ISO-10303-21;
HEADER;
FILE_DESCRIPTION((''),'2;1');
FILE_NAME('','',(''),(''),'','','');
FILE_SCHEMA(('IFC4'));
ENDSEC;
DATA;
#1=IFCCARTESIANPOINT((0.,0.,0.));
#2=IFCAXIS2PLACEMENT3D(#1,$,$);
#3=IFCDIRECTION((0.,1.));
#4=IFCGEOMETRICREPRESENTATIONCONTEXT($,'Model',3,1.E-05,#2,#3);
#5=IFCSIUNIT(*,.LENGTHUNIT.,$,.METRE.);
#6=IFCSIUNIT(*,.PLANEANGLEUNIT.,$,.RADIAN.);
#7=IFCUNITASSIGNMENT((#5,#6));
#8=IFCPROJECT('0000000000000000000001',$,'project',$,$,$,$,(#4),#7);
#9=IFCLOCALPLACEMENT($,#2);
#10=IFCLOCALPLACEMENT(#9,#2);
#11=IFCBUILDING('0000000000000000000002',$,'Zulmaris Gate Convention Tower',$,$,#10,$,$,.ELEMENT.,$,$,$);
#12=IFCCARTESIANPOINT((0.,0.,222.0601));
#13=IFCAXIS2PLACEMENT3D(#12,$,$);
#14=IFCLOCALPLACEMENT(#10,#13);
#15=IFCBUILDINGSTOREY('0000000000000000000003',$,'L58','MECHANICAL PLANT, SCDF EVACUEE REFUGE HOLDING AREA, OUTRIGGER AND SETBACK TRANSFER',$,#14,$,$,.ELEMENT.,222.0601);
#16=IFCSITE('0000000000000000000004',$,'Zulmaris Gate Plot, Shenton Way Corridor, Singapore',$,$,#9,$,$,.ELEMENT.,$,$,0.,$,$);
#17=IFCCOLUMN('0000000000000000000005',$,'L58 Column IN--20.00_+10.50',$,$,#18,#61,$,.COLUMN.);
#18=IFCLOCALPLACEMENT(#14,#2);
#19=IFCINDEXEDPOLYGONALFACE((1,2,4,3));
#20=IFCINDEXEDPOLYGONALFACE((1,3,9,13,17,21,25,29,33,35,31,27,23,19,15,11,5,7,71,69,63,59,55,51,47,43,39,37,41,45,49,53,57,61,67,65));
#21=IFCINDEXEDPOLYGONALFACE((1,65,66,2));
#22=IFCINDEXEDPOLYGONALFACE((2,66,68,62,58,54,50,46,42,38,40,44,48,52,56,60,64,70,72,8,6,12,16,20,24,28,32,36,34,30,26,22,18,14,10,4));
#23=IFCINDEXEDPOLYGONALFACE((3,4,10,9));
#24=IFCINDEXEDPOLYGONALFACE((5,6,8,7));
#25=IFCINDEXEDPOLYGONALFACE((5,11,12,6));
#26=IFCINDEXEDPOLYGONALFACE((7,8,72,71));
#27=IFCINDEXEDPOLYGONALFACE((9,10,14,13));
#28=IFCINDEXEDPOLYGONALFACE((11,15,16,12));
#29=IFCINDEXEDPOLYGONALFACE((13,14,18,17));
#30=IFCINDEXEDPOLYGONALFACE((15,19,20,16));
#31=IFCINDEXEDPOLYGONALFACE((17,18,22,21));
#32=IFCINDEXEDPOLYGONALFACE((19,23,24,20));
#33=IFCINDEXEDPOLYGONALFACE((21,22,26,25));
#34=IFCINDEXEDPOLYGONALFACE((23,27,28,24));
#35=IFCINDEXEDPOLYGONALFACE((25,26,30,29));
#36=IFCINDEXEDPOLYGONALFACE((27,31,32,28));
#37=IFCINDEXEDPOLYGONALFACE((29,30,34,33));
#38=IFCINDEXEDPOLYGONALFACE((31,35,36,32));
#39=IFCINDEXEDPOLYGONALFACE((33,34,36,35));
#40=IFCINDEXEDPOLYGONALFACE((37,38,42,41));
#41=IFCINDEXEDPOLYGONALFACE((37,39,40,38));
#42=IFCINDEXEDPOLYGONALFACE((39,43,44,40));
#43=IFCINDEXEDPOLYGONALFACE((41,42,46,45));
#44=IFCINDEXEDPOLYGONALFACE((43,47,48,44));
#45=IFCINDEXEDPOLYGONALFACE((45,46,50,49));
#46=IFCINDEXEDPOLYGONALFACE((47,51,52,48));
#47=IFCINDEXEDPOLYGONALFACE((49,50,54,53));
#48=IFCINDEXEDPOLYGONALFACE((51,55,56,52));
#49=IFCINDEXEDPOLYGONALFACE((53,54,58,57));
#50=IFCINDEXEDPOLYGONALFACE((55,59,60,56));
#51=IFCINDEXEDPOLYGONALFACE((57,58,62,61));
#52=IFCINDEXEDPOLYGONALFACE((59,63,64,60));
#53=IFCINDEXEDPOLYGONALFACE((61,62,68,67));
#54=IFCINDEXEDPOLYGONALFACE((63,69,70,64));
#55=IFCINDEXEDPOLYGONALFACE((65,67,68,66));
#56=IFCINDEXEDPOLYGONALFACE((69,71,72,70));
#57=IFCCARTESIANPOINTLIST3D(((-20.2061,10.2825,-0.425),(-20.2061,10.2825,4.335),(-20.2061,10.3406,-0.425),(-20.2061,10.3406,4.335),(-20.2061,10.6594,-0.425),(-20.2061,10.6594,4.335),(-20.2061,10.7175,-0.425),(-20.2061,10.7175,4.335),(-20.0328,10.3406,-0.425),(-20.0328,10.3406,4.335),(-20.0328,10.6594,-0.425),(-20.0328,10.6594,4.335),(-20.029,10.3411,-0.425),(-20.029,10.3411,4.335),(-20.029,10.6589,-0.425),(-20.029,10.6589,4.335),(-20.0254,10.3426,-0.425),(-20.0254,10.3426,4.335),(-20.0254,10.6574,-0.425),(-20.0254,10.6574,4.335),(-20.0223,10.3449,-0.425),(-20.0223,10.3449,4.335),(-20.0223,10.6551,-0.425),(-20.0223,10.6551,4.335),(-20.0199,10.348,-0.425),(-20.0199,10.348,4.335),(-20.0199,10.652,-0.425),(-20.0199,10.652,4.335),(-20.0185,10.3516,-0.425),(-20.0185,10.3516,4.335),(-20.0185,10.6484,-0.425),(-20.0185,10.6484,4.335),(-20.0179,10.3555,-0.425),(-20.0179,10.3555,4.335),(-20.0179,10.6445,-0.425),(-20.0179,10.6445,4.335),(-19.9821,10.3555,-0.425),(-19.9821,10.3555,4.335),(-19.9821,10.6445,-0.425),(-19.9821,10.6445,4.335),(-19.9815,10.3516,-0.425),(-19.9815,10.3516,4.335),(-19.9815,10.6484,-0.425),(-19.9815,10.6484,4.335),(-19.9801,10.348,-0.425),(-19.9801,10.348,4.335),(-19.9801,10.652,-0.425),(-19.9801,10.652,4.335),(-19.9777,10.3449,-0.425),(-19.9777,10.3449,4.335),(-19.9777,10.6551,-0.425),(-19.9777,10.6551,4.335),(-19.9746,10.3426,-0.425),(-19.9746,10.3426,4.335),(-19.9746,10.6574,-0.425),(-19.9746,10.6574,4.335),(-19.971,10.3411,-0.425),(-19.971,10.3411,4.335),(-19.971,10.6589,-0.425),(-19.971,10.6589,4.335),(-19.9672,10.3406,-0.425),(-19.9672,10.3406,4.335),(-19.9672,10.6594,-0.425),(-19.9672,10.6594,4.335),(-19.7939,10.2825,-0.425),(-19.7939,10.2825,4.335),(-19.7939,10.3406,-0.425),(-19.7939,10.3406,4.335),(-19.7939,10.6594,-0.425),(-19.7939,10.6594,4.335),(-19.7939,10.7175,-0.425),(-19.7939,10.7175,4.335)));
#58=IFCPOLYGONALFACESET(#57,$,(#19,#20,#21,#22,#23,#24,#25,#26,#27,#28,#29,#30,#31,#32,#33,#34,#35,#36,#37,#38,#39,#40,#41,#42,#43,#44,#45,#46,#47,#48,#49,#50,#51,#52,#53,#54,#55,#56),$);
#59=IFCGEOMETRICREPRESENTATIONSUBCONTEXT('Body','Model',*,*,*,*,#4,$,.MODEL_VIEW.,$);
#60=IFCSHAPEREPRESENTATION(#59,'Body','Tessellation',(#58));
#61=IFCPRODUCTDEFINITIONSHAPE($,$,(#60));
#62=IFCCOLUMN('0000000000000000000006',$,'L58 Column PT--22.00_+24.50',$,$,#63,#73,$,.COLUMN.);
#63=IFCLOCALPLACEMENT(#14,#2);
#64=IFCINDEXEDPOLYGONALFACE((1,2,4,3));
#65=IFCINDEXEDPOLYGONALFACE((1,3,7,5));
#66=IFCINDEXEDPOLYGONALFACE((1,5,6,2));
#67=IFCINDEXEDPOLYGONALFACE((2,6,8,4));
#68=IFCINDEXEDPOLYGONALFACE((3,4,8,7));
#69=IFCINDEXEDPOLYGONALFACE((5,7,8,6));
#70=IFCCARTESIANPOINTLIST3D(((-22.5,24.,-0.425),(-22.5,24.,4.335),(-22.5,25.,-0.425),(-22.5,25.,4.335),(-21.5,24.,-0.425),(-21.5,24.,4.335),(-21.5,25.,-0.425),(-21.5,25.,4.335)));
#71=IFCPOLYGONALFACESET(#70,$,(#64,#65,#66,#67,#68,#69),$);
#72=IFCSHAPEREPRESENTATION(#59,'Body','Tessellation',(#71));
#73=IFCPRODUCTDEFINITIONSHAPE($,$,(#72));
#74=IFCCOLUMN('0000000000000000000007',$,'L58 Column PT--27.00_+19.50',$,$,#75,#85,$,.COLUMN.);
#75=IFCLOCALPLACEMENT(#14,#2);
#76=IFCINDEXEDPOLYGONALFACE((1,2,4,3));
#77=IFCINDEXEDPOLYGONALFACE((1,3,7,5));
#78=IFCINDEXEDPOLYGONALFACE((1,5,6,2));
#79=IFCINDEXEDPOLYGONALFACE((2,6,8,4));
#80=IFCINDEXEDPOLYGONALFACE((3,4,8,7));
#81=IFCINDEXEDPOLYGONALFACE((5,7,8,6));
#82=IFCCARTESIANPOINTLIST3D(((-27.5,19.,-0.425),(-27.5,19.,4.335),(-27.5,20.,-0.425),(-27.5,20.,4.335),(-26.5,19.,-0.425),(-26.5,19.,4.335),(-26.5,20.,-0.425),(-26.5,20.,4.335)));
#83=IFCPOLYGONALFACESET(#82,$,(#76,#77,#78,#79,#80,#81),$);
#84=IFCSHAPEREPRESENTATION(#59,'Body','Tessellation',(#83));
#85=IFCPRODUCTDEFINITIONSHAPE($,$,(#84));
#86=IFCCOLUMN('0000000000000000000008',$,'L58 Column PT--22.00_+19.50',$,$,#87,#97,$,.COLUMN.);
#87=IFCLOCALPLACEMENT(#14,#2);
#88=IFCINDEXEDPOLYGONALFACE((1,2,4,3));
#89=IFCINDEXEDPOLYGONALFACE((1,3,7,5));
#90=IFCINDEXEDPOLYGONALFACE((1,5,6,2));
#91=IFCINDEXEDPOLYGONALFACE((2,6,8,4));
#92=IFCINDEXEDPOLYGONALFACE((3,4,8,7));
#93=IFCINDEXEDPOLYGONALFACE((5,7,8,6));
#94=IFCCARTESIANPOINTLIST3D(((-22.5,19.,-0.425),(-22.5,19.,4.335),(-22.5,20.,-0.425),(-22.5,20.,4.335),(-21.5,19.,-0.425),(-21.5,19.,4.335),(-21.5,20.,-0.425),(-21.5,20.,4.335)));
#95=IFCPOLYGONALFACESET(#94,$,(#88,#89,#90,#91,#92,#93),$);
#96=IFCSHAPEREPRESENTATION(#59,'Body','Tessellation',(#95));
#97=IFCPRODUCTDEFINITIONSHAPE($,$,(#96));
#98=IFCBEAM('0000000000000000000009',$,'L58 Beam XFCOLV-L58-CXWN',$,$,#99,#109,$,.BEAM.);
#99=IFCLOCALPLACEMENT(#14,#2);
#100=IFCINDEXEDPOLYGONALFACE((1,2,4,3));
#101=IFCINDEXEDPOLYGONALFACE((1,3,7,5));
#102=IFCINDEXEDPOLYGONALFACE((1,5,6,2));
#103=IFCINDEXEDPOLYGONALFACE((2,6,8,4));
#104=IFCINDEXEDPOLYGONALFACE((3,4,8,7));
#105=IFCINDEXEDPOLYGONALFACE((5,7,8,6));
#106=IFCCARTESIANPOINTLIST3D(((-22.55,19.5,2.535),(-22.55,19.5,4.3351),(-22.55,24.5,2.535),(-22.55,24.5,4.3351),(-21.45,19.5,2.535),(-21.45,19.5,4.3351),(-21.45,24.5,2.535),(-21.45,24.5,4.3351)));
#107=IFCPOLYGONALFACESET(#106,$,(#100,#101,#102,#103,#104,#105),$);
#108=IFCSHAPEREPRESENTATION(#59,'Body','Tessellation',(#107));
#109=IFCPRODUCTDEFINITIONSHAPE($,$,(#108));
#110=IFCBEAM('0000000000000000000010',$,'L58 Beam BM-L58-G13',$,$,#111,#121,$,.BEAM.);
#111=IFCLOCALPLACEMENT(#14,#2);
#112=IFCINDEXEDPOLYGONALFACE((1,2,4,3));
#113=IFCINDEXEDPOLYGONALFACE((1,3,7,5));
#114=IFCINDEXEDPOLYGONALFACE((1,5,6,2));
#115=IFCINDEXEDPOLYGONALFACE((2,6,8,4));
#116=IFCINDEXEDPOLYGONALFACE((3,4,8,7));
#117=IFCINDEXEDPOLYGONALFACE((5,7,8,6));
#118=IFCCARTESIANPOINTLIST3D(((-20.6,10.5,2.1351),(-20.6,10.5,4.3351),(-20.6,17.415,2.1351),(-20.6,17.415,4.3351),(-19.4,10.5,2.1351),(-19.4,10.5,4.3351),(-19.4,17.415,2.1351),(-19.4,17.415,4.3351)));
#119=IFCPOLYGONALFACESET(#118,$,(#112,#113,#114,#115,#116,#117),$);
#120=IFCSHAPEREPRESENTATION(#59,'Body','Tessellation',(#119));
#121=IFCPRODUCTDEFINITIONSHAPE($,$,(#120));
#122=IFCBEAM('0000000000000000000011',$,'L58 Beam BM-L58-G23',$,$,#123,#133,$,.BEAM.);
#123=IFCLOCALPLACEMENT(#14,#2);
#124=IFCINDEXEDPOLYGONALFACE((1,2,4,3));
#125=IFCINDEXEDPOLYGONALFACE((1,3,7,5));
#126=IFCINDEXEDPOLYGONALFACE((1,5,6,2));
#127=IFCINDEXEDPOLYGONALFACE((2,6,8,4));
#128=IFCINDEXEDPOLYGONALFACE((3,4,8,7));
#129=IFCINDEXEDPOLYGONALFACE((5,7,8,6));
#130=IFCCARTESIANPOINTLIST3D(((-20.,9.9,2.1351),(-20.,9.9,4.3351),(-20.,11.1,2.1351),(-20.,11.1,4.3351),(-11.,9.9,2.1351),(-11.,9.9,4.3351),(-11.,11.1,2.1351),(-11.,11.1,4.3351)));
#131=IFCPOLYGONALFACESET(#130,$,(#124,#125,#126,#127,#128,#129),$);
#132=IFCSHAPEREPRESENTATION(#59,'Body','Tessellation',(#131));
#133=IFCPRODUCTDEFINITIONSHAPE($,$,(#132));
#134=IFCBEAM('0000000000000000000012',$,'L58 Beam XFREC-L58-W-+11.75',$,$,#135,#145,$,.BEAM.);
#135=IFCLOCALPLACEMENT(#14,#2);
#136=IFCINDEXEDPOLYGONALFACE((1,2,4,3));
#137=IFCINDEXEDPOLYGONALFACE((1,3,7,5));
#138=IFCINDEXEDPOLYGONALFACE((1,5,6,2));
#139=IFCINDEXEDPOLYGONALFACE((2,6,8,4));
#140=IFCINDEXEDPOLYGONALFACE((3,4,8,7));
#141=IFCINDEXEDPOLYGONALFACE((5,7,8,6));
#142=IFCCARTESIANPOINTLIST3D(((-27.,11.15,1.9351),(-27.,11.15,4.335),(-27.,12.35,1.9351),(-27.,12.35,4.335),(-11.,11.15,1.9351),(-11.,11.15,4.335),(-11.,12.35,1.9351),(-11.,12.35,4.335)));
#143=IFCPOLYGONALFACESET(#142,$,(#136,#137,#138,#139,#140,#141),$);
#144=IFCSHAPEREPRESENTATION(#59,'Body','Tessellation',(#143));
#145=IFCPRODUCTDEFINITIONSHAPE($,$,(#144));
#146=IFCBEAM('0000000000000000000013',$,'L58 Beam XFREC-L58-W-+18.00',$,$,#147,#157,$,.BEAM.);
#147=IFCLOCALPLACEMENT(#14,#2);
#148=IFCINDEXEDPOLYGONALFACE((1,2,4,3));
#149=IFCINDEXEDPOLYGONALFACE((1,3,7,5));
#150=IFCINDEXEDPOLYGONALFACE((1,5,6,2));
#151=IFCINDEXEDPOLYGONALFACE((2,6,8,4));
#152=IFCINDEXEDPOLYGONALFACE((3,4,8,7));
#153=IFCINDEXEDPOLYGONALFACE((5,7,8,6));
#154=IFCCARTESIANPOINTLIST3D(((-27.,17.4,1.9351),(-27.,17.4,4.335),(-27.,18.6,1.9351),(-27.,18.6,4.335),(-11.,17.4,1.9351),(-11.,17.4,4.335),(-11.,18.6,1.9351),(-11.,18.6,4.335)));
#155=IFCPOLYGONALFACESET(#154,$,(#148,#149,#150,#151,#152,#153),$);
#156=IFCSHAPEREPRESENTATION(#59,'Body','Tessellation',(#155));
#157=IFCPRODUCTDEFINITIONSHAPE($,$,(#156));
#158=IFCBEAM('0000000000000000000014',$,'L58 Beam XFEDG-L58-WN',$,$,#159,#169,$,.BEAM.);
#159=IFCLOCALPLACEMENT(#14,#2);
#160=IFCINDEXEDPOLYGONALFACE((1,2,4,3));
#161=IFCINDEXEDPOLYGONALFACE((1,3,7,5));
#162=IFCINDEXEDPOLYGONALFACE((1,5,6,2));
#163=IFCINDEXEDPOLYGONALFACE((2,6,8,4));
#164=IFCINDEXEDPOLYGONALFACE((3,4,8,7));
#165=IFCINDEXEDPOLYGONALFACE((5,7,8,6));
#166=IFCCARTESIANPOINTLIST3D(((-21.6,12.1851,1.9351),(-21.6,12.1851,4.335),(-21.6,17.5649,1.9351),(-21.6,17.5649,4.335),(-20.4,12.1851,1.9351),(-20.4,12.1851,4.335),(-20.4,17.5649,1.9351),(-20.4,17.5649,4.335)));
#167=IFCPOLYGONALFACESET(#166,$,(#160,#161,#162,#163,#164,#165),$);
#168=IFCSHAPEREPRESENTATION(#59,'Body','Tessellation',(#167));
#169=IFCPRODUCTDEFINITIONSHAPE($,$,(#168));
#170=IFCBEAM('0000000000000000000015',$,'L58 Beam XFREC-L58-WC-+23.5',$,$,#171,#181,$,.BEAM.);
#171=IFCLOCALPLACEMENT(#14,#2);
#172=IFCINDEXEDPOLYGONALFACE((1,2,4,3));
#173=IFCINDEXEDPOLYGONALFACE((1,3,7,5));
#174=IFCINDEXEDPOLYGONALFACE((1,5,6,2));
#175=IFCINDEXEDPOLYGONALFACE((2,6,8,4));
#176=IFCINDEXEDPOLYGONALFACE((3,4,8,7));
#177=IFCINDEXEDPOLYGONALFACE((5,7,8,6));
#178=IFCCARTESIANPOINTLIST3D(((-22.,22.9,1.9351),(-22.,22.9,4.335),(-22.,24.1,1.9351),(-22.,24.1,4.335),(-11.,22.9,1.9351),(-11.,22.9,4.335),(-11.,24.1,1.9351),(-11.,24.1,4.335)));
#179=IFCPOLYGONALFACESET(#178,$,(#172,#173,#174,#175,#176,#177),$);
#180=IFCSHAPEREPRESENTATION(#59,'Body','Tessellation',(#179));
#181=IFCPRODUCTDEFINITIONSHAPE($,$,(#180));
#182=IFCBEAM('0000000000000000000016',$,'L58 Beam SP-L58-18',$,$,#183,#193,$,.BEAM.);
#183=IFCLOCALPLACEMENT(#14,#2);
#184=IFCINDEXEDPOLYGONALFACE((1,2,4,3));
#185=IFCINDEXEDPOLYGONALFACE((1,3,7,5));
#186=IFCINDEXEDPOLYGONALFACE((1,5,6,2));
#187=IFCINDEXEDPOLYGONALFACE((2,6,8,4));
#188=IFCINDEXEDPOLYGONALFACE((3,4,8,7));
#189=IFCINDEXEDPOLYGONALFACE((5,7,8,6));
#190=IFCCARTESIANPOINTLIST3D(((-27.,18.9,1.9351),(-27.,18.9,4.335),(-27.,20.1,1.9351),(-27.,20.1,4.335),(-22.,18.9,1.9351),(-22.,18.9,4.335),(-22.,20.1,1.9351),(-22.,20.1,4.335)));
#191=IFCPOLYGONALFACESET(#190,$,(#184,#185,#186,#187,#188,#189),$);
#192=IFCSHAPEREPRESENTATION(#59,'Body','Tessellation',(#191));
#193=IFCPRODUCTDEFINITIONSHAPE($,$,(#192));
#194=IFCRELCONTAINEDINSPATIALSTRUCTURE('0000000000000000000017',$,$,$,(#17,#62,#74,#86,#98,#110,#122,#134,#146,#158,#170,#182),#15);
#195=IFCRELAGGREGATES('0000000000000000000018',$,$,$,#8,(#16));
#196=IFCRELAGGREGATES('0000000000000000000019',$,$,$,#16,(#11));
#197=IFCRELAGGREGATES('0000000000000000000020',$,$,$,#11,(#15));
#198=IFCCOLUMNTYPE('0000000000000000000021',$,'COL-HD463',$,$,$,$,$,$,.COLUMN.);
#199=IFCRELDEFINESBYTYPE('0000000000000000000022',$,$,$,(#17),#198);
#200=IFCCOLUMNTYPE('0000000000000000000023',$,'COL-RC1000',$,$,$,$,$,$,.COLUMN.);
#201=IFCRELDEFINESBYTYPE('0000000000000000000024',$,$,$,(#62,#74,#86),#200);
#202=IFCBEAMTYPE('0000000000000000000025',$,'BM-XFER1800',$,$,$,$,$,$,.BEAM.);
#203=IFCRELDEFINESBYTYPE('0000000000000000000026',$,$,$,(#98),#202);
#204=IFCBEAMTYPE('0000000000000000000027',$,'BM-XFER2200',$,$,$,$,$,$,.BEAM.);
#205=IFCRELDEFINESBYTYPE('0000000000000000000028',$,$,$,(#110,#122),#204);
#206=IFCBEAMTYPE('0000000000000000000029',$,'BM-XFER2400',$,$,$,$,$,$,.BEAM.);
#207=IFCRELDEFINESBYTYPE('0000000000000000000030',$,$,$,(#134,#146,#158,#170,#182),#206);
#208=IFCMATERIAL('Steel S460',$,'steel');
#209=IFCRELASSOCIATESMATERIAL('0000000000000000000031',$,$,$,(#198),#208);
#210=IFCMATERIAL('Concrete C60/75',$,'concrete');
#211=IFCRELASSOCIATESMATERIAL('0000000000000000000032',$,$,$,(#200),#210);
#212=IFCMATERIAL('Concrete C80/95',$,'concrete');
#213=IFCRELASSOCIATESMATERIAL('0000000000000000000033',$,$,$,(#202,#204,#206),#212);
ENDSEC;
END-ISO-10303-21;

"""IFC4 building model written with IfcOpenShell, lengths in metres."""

from ifc_helpers import new_model, si_unit, direction, frame, origin, origin_2d, place, context, subcontext, project, spatial, rectangle, i_section, extrude, material, material_profile, profile_set, type_object, element, save


model = new_model("IFC4")

# Units and contexts
model_context = context("Model", 3, precision=1e-05, world=origin(), true_north=direction((0.0, 1.0)))
body_context = subcontext(model_context, "Body", "Model", "MODEL_VIEW")
ifc_project = project(units=[si_unit("LENGTHUNIT", "METRE"), si_unit("PLANEANGLEUNIT", "RADIAN")], contexts=[model_context])

# Site, building, storey
site_placement = place(None, origin())
site = spatial("IfcSite", under=ifc_project, at=site_placement, Name="Zulmaris Gate Plot, Shenton Way Corridor, Singapore", CompositionType="ELEMENT", RefElevation=0.0)
building_placement = place(site_placement, origin())
building = spatial("IfcBuilding", under=site, at=building_placement, Name="Zulmaris Gate Convention Tower", CompositionType="ELEMENT")
storey_placement = place(building_placement, frame((0.0, 0.0, 222.0601)))
storey = spatial("IfcBuildingStorey", under=building, at=storey_placement, Name="L58", Description="MECHANICAL PLANT, SCDF EVACUEE REFUGE HOLDING AREA, OUTRIGGER AND SETBACK TRANSFER", CompositionType="ELEMENT", Elevation=222.0601)

# Columns
ifc_material_1 = material(Name="Steel S460", Category="steel")
ifc_material_profile_1 = material_profile(ifc_material_1, i_section(OverallWidth=0.4121, OverallDepth=0.4351, WebThickness=0.0359, FlangeThickness=0.0581, FilletRadius=0.0149, at=origin_2d()), Name="HD 400x463")
ifc_profile_set_1 = profile_set([ifc_material_profile_1], Name="Steel S460")
column_type_1 = type_object("IfcColumnType", Name="COL-HD463", PredefinedType="COLUMN", material=ifc_profile_set_1)
column_placement = place(storey_placement, frame((-20.0, 10.5, -0.425), z_axis=(0.0, 0.0, 1.0), x_axis=(1.0, 0.0, 0.0)))
element("IfcColumn", 1, at=column_placement, inside=storey, type_object=column_type_1, Name="L58 Column IN--20.00_+10.50", PredefinedType="COLUMN", context=body_context, shape_type="SweptSolid", body=[
    extrude(i_section(OverallWidth=0.4121, OverallDepth=0.4351, WebThickness=0.0359, FlangeThickness=0.0581, FilletRadius=0.0149, at=origin_2d()), origin(), (0.0, 0.0, 1.0), 4.76),
])
ifc_material_2 = material(Name="Concrete C60/75", Category="concrete")
ifc_material_profile_2 = material_profile(ifc_material_2, rectangle(XDim=1.0, YDim=1.0, at=origin_2d()), Name="RC COL 1000x1000")
ifc_profile_set_2 = profile_set([ifc_material_profile_2], Name="Concrete C60/75")
column_type_2 = type_object("IfcColumnType", Name="COL-RC1000", PredefinedType="COLUMN", material=ifc_profile_set_2)
for number, where, z_axis, x_axis, name in (
    (2, (-22.0, 24.5, -0.425), (0.0, 0.0, 1.0), (1.0, 0.0, 0.0), "L58 Column PT--22.00_+24.50"),
    (3, (-27.0, 19.5, -0.425), (0.0, 0.0, 1.0), (1.0, 0.0, 0.0), "L58 Column PT--27.00_+19.50"),
    (4, (-22.0, 19.5, -0.425), (0.0, 0.0, 1.0), (1.0, 0.0, 0.0), "L58 Column PT--22.00_+19.50"),
):
    element("IfcColumn", number, at=place(storey_placement, frame(where, z_axis=z_axis, x_axis=x_axis)), inside=storey, type_object=column_type_2, Name=name, PredefinedType="COLUMN", context=body_context, shape_type="SweptSolid", body=[
        extrude(rectangle(XDim=1.0, YDim=1.0, at=origin_2d()), origin(), (0.0, 0.0, 1.0), 4.76),
    ])

# Beams
ifc_material_3 = material(Name="Concrete C80/95", Category="concrete")
ifc_material_profile_3 = material_profile(ifc_material_3, rectangle(XDim=1.1001, YDim=1.8, at=origin_2d()), Name="RC TRANSFER 1100x1800")
ifc_profile_set_3 = profile_set([ifc_material_profile_3], Name="Concrete C80/95")
beam_type_1 = type_object("IfcBeamType", Name="BM-XFER1800", PredefinedType="BEAM", material=ifc_profile_set_3)
beam_1_placement = place(storey_placement, frame((-22.0, 19.5, 3.4351), z_axis=(0.0, 1.0, 0.0), x_axis=(-1.0, 0.0, 0.0)))
element("IfcBeam", 5, at=beam_1_placement, inside=storey, type_object=beam_type_1, Name="L58 Beam XFCOLV-L58-CXWN", PredefinedType="BEAM", context=body_context, shape_type="SweptSolid", body=[
    extrude(rectangle(XDim=1.1001, YDim=1.8, at=origin_2d()), origin(), (0.0, 0.0, 1.0), 5.0),
])
ifc_material_profile_4 = material_profile(ifc_material_3, rectangle(XDim=1.2, YDim=2.2, at=origin_2d()), Name="RC TRANSFER 1200x2200")
ifc_profile_set_4 = profile_set([ifc_material_profile_4], Name="Concrete C80/95")
beam_type_2 = type_object("IfcBeamType", Name="BM-XFER2200", PredefinedType="BEAM", material=ifc_profile_set_4)
beam_2_placement = place(storey_placement, frame((-20.0, 10.5, 3.2351), z_axis=(0.0, 1.0, 0.0), x_axis=(-1.0, 0.0, 0.0)))
element("IfcBeam", 6, at=beam_2_placement, inside=storey, type_object=beam_type_2, Name="L58 Beam BM-L58-G13", PredefinedType="BEAM", context=body_context, shape_type="SweptSolid", body=[
    extrude(rectangle(XDim=1.2, YDim=2.2, at=origin_2d()), origin(), (0.0, 0.0, 1.0), 6.915),
])
beam_3_placement = place(storey_placement, frame((-20.0, 10.5, 3.2351), z_axis=(1.0, 0.0, 0.0), x_axis=(0.0, 1.0, 0.0)))
element("IfcBeam", 7, at=beam_3_placement, inside=storey, type_object=beam_type_2, Name="L58 Beam BM-L58-G23", PredefinedType="BEAM", context=body_context, shape_type="SweptSolid", body=[
    extrude(rectangle(XDim=1.2, YDim=2.2, at=origin_2d()), origin(), (0.0, 0.0, 1.0), 9.0),
])
ifc_material_profile_5 = material_profile(ifc_material_3, rectangle(XDim=1.2, YDim=2.3999, at=origin_2d()), Name="RC TRANSFER 1200x2400")
ifc_profile_set_5 = profile_set([ifc_material_profile_5], Name="Concrete C80/95")
beam_type_3 = type_object("IfcBeamType", Name="BM-XFER2400", PredefinedType="BEAM", material=ifc_profile_set_5)
for number, where, z_axis, x_axis, name in (
    (8, (-27.0, 11.75, 3.135), (1.0, 0.0, 0.0), (0.0, 1.0, 0.0), "L58 Beam XFREC-L58-W-+11.75"),
    (9, (-27.0, 18.0, 3.135), (1.0, 0.0, 0.0), (0.0, 1.0, 0.0), "L58 Beam XFREC-L58-W-+18.00"),
):
    element("IfcBeam", number, at=place(storey_placement, frame(where, z_axis=z_axis, x_axis=x_axis)), inside=storey, type_object=beam_type_3, Name=name, PredefinedType="BEAM", context=body_context, shape_type="SweptSolid", body=[
        extrude(rectangle(XDim=1.2, YDim=2.3999, at=origin_2d()), origin(), (0.0, 0.0, 1.0), 16.0),
    ])
beam_4_placement = place(storey_placement, frame((-21.0, 12.1851, 3.135), z_axis=(0.0, 1.0, 0.0), x_axis=(-1.0, 0.0, 0.0)))
element("IfcBeam", 10, at=beam_4_placement, inside=storey, type_object=beam_type_3, Name="L58 Beam XFEDG-L58-WN", PredefinedType="BEAM", context=body_context, shape_type="SweptSolid", body=[
    extrude(rectangle(XDim=1.2, YDim=2.3999, at=origin_2d()), origin(), (0.0, 0.0, 1.0), 5.3799),
])
beam_5_placement = place(storey_placement, frame((-22.0, 23.5, 3.135), z_axis=(1.0, 0.0, 0.0), x_axis=(0.0, 1.0, 0.0)))
element("IfcBeam", 11, at=beam_5_placement, inside=storey, type_object=beam_type_3, Name="L58 Beam XFREC-L58-WC-+23.5", PredefinedType="BEAM", context=body_context, shape_type="SweptSolid", body=[
    extrude(rectangle(XDim=1.2, YDim=2.3999, at=origin_2d()), origin(), (0.0, 0.0, 1.0), 11.0),
])
beam_6_placement = place(storey_placement, frame((-22.0, 19.5, 3.135), z_axis=(-1.0, 0.0, 0.0), x_axis=(0.0, -1.0, 0.0)))
element("IfcBeam", 12, at=beam_6_placement, inside=storey, type_object=beam_type_3, Name="L58 Beam SP-L58-18", PredefinedType="BEAM", context=body_context, shape_type="SweptSolid", body=[
    extrude(rectangle(XDim=1.2, YDim=2.3999, at=origin_2d()), origin(), (0.0, 0.0, 1.0), 5.0),
])

save(model, "model.ifc")
